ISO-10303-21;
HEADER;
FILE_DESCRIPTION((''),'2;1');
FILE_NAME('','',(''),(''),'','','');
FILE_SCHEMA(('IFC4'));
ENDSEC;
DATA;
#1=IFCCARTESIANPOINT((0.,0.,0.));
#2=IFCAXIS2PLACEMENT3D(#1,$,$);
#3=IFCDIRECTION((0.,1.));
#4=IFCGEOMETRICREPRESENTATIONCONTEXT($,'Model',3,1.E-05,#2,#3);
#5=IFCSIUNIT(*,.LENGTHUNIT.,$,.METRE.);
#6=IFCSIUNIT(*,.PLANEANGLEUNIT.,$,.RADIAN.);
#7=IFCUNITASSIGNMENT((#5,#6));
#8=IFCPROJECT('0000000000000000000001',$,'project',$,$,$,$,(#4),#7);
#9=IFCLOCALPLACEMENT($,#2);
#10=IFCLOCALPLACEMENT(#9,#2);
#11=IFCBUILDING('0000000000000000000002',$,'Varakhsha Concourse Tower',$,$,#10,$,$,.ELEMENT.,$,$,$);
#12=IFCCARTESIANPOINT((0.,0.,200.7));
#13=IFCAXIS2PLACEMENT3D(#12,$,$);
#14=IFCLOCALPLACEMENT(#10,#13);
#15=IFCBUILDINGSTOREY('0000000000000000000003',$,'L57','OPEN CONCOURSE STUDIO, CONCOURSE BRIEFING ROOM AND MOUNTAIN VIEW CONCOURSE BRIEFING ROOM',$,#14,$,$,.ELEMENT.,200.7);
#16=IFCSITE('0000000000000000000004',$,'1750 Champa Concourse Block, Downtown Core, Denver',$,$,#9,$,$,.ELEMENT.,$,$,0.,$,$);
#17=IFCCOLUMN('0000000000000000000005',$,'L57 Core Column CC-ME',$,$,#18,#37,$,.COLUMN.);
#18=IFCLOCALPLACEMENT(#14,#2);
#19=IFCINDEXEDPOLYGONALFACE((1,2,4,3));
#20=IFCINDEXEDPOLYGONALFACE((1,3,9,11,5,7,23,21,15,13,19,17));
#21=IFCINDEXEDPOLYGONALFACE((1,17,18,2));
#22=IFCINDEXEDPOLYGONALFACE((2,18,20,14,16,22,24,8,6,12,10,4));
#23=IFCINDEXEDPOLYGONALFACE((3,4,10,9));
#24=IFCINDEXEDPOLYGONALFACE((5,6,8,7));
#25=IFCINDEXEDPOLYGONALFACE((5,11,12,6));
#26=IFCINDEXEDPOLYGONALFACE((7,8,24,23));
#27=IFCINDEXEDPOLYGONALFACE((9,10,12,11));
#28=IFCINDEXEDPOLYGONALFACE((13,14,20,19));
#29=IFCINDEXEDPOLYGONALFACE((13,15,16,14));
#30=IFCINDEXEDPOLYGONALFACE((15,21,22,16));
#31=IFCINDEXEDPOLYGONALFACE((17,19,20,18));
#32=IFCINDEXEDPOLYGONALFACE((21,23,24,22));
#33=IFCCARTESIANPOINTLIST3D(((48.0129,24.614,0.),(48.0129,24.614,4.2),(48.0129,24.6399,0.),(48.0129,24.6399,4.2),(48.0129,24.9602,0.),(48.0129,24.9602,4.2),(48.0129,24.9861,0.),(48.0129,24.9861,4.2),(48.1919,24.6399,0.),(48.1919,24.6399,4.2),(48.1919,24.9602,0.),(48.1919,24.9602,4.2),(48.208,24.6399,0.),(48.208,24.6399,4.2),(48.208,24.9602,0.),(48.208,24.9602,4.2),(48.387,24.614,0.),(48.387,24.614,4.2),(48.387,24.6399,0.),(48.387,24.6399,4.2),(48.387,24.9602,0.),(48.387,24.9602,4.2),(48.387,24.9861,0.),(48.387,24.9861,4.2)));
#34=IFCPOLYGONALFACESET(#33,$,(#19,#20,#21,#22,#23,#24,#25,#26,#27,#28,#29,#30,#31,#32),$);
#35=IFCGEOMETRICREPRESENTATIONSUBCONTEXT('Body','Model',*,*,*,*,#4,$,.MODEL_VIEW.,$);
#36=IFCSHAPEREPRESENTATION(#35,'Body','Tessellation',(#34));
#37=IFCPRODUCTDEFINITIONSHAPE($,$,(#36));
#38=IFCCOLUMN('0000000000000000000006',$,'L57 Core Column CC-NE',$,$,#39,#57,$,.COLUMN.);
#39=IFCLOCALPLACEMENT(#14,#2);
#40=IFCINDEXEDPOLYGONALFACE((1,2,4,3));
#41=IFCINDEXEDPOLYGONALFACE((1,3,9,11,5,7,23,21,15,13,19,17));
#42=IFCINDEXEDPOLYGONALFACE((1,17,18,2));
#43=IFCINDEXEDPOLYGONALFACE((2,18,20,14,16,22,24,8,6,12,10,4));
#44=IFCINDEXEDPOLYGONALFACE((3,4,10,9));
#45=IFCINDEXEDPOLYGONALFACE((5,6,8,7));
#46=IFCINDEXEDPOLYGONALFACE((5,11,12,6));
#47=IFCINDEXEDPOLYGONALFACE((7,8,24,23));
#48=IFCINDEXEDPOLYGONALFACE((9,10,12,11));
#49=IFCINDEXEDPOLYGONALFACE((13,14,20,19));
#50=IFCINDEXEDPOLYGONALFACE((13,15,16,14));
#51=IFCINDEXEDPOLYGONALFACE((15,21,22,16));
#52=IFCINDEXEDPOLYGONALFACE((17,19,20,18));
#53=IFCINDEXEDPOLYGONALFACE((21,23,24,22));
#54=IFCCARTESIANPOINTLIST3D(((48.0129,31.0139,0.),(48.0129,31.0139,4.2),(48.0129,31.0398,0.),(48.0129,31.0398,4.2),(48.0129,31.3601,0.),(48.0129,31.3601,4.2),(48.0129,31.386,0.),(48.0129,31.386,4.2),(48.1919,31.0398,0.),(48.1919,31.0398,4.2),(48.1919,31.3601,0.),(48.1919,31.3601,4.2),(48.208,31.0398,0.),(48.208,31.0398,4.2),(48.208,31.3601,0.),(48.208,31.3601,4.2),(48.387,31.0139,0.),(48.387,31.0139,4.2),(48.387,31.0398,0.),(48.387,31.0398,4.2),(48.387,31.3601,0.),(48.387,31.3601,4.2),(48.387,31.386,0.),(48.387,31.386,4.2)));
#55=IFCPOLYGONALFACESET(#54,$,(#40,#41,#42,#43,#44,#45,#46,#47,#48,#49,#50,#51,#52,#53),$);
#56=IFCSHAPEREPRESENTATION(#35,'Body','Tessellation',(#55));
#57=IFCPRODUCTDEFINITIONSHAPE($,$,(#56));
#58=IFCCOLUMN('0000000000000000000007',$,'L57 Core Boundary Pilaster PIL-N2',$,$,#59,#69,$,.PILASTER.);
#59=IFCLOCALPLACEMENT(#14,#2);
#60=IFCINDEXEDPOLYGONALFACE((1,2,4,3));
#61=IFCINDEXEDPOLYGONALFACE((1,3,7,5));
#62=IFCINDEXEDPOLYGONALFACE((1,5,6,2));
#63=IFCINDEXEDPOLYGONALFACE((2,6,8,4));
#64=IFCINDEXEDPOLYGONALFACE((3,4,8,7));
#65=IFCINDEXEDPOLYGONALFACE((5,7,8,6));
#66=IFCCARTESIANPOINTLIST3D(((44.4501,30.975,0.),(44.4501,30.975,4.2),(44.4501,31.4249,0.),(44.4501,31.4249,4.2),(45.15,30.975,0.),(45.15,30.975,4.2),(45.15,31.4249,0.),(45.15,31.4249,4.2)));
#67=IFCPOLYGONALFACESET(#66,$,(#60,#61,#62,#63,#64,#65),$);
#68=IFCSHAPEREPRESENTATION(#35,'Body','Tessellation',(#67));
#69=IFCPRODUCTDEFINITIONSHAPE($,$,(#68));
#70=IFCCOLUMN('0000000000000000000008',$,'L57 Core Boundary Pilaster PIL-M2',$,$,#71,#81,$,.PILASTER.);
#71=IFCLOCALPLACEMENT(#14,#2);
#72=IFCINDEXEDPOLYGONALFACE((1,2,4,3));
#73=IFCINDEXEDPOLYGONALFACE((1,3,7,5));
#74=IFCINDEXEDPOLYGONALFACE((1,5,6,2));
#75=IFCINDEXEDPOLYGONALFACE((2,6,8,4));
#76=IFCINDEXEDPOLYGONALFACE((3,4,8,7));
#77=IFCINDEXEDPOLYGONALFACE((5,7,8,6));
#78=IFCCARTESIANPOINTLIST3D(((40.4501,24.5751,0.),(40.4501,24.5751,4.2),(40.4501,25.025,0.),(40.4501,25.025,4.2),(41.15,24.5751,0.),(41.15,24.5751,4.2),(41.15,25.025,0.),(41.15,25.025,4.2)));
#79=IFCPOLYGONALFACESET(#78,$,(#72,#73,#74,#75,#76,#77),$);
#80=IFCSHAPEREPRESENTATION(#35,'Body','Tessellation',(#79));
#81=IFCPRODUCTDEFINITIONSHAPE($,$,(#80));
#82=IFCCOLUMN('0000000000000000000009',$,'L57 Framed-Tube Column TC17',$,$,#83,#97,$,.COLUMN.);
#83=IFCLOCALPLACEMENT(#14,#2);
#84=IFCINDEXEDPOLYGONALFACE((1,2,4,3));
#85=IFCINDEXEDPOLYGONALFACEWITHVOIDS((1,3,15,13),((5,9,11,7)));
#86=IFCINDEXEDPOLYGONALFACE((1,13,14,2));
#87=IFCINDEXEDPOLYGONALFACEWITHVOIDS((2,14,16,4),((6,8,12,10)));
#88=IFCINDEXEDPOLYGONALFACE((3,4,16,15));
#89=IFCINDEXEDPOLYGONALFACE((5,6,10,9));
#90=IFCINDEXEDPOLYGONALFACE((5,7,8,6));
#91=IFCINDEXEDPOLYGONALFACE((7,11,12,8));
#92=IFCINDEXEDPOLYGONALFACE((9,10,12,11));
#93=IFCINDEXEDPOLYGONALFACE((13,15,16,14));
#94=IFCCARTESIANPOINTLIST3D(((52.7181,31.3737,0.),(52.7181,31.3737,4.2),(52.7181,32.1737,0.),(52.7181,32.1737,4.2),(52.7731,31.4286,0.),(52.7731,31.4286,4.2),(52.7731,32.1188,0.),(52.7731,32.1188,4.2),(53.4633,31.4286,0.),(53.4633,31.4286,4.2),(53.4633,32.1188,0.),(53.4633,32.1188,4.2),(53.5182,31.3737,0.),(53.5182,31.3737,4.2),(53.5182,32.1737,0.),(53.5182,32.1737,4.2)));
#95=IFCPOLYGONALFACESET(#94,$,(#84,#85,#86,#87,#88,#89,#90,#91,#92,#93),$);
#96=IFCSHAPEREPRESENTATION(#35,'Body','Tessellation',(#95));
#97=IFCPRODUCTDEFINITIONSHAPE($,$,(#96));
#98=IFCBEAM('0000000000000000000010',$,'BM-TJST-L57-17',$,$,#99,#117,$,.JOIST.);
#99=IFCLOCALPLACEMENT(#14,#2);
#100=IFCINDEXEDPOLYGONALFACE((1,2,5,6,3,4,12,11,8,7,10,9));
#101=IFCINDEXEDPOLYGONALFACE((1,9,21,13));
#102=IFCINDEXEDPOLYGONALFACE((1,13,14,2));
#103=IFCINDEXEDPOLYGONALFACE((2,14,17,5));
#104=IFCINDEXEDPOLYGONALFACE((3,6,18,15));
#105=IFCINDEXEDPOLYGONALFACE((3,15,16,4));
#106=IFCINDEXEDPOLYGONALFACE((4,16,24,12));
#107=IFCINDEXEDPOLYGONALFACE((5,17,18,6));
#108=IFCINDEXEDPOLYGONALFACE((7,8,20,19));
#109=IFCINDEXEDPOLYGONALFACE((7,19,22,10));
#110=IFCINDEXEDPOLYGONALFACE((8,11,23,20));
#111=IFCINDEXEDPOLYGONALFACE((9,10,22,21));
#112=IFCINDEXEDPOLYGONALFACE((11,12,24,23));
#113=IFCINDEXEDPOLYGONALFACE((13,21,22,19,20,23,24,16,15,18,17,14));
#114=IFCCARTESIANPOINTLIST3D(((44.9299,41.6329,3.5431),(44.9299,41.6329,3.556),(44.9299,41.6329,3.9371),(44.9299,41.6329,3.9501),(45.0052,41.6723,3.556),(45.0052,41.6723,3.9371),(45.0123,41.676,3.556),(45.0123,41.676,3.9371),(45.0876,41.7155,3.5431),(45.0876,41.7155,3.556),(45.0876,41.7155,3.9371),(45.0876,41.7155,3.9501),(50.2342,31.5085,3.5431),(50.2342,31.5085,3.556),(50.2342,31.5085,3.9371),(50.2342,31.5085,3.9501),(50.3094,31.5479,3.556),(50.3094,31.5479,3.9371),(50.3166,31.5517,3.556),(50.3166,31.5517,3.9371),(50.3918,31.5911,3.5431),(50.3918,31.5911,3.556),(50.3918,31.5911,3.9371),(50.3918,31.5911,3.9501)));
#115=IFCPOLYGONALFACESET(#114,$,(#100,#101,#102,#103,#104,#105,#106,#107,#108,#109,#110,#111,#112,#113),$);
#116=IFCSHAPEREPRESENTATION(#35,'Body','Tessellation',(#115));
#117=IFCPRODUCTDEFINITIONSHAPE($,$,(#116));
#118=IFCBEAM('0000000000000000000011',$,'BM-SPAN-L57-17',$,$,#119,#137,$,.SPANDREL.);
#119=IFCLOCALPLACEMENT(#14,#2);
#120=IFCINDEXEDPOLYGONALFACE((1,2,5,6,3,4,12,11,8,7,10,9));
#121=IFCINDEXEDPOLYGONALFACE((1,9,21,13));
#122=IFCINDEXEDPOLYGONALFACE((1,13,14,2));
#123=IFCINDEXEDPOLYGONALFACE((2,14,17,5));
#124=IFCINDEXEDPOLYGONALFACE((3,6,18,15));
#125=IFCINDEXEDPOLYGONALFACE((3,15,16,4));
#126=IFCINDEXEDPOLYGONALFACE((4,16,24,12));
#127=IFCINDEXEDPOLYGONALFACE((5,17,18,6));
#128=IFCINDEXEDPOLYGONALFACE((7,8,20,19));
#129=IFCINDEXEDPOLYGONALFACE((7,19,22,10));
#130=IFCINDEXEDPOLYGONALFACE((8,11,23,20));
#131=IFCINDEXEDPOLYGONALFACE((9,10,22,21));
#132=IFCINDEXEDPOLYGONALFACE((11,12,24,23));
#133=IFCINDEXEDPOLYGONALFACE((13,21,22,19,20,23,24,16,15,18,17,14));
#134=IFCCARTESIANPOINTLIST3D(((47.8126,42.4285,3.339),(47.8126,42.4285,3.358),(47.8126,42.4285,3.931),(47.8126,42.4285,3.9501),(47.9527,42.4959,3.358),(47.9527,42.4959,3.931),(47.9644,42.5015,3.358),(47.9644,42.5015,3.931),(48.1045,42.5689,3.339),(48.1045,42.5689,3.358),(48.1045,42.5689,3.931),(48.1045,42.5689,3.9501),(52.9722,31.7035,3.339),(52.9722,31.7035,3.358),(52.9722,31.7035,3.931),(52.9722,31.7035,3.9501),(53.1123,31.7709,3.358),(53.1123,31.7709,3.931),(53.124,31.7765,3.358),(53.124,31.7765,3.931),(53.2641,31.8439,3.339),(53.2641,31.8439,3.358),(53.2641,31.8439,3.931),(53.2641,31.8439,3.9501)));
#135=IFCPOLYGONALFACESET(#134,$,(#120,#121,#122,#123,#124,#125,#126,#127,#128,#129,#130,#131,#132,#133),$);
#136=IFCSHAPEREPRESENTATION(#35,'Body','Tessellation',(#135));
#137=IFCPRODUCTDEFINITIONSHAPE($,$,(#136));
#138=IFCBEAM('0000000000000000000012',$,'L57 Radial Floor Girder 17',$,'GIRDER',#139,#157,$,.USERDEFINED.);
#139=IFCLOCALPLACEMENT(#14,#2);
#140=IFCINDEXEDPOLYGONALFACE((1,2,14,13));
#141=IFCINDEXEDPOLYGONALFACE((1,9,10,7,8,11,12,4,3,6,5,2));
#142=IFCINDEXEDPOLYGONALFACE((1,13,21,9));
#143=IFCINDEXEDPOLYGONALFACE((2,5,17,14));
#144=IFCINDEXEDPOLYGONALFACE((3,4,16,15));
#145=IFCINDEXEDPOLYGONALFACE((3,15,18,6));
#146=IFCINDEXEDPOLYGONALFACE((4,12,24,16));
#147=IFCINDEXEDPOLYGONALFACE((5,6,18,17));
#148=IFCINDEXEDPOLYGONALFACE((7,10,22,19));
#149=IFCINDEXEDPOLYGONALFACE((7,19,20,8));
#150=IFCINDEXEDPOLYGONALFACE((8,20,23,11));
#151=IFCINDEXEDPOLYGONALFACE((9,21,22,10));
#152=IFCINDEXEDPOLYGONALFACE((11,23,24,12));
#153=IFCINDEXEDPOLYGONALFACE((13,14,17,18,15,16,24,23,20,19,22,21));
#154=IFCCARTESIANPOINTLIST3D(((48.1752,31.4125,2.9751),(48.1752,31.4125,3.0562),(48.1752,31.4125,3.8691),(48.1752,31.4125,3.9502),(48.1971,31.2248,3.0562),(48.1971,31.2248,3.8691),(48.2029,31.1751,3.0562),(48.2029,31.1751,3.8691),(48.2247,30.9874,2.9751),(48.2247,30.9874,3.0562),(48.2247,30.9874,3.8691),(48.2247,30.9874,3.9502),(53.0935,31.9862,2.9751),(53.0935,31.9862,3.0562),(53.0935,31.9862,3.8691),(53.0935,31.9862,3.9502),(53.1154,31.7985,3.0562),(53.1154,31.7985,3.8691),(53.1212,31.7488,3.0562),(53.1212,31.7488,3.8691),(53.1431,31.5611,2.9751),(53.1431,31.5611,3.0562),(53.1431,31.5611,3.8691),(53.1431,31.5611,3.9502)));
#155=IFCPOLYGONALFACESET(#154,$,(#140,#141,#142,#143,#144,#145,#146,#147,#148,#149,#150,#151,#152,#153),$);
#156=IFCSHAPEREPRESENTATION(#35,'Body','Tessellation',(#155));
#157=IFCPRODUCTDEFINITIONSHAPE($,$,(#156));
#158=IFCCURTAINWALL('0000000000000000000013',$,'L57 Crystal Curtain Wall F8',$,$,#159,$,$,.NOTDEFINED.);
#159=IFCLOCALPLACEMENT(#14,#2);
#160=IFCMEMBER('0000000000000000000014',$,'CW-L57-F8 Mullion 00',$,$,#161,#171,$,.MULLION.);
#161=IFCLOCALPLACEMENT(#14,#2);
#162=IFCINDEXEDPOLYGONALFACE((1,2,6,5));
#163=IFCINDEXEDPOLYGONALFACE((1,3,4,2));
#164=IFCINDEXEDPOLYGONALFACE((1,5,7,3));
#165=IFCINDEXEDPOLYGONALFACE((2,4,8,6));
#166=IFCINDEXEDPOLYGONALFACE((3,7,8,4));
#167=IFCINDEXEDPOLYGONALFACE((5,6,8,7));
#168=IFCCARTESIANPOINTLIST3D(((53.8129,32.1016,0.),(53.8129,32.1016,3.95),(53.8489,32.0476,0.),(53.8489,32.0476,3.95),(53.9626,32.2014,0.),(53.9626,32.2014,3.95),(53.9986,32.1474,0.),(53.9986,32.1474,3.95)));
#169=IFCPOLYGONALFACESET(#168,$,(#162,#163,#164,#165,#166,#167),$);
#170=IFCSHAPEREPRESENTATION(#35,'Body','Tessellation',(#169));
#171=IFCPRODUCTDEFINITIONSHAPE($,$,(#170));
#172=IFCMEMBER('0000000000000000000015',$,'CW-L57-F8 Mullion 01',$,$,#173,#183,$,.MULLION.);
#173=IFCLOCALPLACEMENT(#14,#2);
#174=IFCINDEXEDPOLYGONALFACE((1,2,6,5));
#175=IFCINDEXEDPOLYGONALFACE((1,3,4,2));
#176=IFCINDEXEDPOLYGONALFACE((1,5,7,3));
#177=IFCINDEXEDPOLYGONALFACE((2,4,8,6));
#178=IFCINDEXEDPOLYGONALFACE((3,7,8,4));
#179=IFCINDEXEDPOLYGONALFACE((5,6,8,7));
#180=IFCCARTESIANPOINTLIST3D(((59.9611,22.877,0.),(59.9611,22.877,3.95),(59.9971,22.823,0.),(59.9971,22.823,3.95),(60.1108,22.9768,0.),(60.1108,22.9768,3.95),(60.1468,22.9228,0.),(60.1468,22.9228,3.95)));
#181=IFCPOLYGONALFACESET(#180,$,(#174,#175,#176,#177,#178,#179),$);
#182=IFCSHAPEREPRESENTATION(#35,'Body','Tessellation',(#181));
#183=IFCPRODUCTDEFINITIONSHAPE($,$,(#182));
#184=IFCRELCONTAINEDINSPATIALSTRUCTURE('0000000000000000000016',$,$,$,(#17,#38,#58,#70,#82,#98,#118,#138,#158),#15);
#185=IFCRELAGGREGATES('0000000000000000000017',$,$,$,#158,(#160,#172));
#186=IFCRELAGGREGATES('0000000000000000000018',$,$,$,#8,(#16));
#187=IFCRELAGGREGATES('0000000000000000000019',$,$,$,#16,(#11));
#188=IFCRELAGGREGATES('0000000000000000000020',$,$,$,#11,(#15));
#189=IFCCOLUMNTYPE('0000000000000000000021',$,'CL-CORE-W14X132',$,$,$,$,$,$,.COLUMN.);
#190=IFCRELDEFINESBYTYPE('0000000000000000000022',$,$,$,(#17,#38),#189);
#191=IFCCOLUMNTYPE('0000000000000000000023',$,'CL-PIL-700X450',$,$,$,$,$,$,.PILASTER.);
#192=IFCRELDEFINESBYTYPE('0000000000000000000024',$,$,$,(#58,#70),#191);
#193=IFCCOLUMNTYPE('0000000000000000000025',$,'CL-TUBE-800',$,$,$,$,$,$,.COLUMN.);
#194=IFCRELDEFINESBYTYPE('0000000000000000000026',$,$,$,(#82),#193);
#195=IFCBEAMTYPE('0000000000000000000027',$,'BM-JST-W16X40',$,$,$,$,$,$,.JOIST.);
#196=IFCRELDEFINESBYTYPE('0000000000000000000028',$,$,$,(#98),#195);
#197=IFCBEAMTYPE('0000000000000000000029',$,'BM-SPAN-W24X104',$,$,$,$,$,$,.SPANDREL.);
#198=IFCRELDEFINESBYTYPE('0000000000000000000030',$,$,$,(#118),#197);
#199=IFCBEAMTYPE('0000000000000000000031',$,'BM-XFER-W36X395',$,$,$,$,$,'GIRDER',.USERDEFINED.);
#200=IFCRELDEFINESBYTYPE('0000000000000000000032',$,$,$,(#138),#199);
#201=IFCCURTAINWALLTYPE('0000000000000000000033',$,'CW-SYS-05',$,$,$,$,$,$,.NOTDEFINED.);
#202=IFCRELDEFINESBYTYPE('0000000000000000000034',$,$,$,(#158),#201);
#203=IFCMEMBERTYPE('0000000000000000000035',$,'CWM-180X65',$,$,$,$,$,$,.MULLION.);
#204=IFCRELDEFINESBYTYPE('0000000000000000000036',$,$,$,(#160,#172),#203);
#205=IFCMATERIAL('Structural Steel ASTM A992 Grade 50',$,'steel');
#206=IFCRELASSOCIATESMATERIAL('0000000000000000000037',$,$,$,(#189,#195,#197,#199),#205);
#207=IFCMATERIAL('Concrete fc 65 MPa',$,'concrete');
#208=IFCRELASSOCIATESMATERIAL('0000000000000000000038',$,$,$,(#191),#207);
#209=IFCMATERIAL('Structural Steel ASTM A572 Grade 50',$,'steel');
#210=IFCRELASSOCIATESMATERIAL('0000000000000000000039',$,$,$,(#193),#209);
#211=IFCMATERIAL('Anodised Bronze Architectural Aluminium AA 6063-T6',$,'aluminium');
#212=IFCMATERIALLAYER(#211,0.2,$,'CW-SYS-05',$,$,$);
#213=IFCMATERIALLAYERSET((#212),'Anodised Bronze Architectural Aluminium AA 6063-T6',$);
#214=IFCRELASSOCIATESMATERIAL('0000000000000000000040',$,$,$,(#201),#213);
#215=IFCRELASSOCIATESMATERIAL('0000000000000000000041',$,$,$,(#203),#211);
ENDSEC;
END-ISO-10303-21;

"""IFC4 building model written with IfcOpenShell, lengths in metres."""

from ifc_helpers import new_model, si_unit, direction, frame, origin, origin_2d, place, context, subcontext, project, spatial, rectangle, hollow_rectangle, i_section, extrude, source, transform, mapped, material, layer, layer_set, material_profile, profile_set, type_object, type_shapes, element, aggregate, save


model = new_model("IFC4")

# Units and contexts
model_context = context("Model", 3, precision=1e-05, world=origin(), true_north=direction((0.0, 1.0)))
body_context = subcontext(model_context, "Body", "Model", "MODEL_VIEW")
ifc_project = project(units=[si_unit("LENGTHUNIT", "METRE"), si_unit("PLANEANGLEUNIT", "RADIAN")], contexts=[model_context])

# Site, building, storey
site_placement = place(None, origin())
site = spatial("IfcSite", under=ifc_project, at=site_placement, Name="1750 Champa Concourse Block, Downtown Core, Denver", CompositionType="ELEMENT", RefElevation=0.0)
building_placement = place(site_placement, origin())
building = spatial("IfcBuilding", under=site, at=building_placement, Name="Varakhsha Concourse Tower", CompositionType="ELEMENT")
storey_placement = place(building_placement, frame((0.0, 0.0, 200.7)))
storey = spatial("IfcBuildingStorey", under=building, at=storey_placement, Name="L57", Description="OPEN CONCOURSE STUDIO, CONCOURSE BRIEFING ROOM AND MOUNTAIN VIEW CONCOURSE BRIEFING ROOM", CompositionType="ELEMENT", Elevation=200.7)

# Columns
ifc_material_1 = material(Name="Structural Steel ASTM A992 Grade 50", Category="steel")
ifc_material_profile_1 = material_profile(ifc_material_1, i_section(OverallWidth=0.374, OverallDepth=0.3721, WebThickness=0.0161, FlangeThickness=0.0259, at=origin_2d()), Name="W14X132")
ifc_profile_set_1 = profile_set([ifc_material_profile_1], Name="Structural Steel ASTM A992 Grade 50")
column_type_1 = type_object("IfcColumnType", Name="CL-CORE-W14X132", PredefinedType="COLUMN", material=ifc_profile_set_1)
for number, where, z_axis, x_axis, name in (
    (1, (48.2, 24.8, 0.0), (0.0, 0.0, 1.0), (1.0, 0.0, 0.0), "L57 Core Column CC-ME"),
    (2, (48.2, 31.2, 0.0), (0.0, 0.0, 1.0), (1.0, 0.0, 0.0), "L57 Core Column CC-NE"),
):
    element("IfcColumn", number, at=place(storey_placement, frame(where, z_axis=z_axis, x_axis=x_axis)), inside=storey, type_object=column_type_1, Name=name, PredefinedType="COLUMN", context=body_context, shape_type="SweptSolid", body=[
        extrude(i_section(OverallWidth=0.374, OverallDepth=0.3721, WebThickness=0.0161, FlangeThickness=0.0259, at=origin_2d()), origin(), (0.0, 0.0, 1.0), 4.2),
    ])
ifc_material_2 = material(Name="Concrete fc 65 MPa", Category="concrete")
ifc_material_profile_2 = material_profile(ifc_material_2, rectangle(XDim=0.7, YDim=0.45, at=origin_2d()), Name="RC 700x450")
ifc_profile_set_2 = profile_set([ifc_material_profile_2], Name="Concrete fc 65 MPa")
column_type_2 = type_object("IfcColumnType", Name="CL-PIL-700X450", PredefinedType="PILASTER", material=ifc_profile_set_2)
for number, where, z_axis, x_axis, name in (
    (3, (44.8, 31.2, 0.0), (0.0, 0.0, 1.0), (1.0, 0.0, 0.0), "L57 Core Boundary Pilaster PIL-N2"),
    (4, (40.8, 24.8, 0.0), (0.0, 0.0, 1.0), (1.0, 0.0, 0.0), "L57 Core Boundary Pilaster PIL-M2"),
):
    element("IfcColumn", number, at=place(storey_placement, frame(where, z_axis=z_axis, x_axis=x_axis)), inside=storey, type_object=column_type_2, Name=name, PredefinedType="PILASTER", context=body_context, shape_type="SweptSolid", body=[
        extrude(rectangle(XDim=0.7, YDim=0.45, at=origin_2d()), origin(), (0.0, 0.0, 1.0), 4.2),
    ])
ifc_material_3 = material(Name="Structural Steel ASTM A572 Grade 50", Category="steel")
ifc_material_profile_3 = material_profile(ifc_material_3, hollow_rectangle(XDim=0.8, YDim=0.8, WallThickness=0.0549, at=origin_2d()), Name="BOX 800x800x55")
ifc_profile_set_3 = profile_set([ifc_material_profile_3], Name="Structural Steel ASTM A572 Grade 50")
column_type_3 = type_object("IfcColumnType", Name="CL-TUBE-800", PredefinedType="COLUMN", material=ifc_profile_set_3)
column_placement = place(storey_placement, frame((53.1182, 31.7737, 0.0), z_axis=(0.0, 0.0, 1.0), x_axis=(1.0, 0.0, 0.0)))
element("IfcColumn", 5, at=column_placement, inside=storey, type_object=column_type_3, Name="L57 Framed-Tube Column TC17", PredefinedType="COLUMN", context=body_context, shape_type="SweptSolid", body=[
    extrude(hollow_rectangle(XDim=0.8, YDim=0.8, WallThickness=0.0549, at=origin_2d()), origin(), (0.0, 0.0, 1.0), 4.2),
])

# Beams
ifc_material_profile_4 = material_profile(ifc_material_1, i_section(OverallWidth=0.178, OverallDepth=0.407, WebThickness=0.0081, FlangeThickness=0.0129, at=origin_2d()), Name="W16X40")
ifc_profile_set_4 = profile_set([ifc_material_profile_4], Name="Structural Steel ASTM A992 Grade 50")
beam_type_1 = type_object("IfcBeamType", Name="BM-JST-W16X40", PredefinedType="JOIST", material=ifc_profile_set_4)
beam_1_placement = place(storey_placement, frame((50.313, 31.5498, 3.7466), z_axis=(-0.464076, 0.885795, 0.0), x_axis=(-0.885795, -0.464076, 0.0)))
element("IfcBeam", 6, at=beam_1_placement, inside=storey, type_object=beam_type_1, Name="BM-TJST-L57-17", PredefinedType="JOIST", context=body_context, shape_type="SweptSolid", body=[
    extrude(i_section(OverallWidth=0.178, OverallDepth=0.407, WebThickness=0.0081, FlangeThickness=0.0129, at=origin_2d()), origin(), (0.0, 0.0, 1.0), 11.4297),
])
ifc_material_profile_5 = material_profile(ifc_material_1, i_section(OverallWidth=0.324, OverallDepth=0.6111, WebThickness=0.0129, FlangeThickness=0.019, at=origin_2d()), Name="W24X104")
ifc_profile_set_5 = profile_set([ifc_material_profile_5], Name="Structural Steel ASTM A992 Grade 50")
beam_type_2 = type_object("IfcBeamType", Name="BM-SPAN-W24X104", PredefinedType="SPANDREL", material=ifc_profile_set_5)
beam_2_placement = place(storey_placement, frame((53.1182, 31.7737, 3.6445), z_axis=(-0.433524, 0.901142, 0.0), x_axis=(-0.901142, -0.433524, 0.0)))
element("IfcBeam", 7, at=beam_2_placement, inside=storey, type_object=beam_type_2, Name="BM-SPAN-L57-17", PredefinedType="SPANDREL", context=body_context, shape_type="SweptSolid", body=[
    extrude(i_section(OverallWidth=0.324, OverallDepth=0.6111, WebThickness=0.0129, FlangeThickness=0.019, at=origin_2d()), origin(), (0.0, 0.0, 1.0), 11.9016),
])
ifc_material_profile_6 = material_profile(ifc_material_1, i_section(OverallWidth=0.428, OverallDepth=0.9751, WebThickness=0.05, FlangeThickness=0.0811, at=origin_2d()), Name="W36X395")
ifc_profile_set_6 = profile_set([ifc_material_profile_6], Name="Structural Steel ASTM A992 Grade 50")
beam_type_3 = type_object("IfcBeamType", Name="BM-XFER-W36X395", ElementType="GIRDER", PredefinedType="USERDEFINED", material=ifc_profile_set_6)
beam_3_placement = place(storey_placement, frame((48.2, 31.2, 3.4626), z_axis=(0.993265, 0.115869, 0.0), x_axis=(-0.115869, 0.993265, 0.0)))
element("IfcBeam", 8, at=beam_3_placement, inside=storey, type_object=beam_type_3, Name="L57 Radial Floor Girder 17", ObjectType="GIRDER", PredefinedType="USERDEFINED", context=body_context, shape_type="SweptSolid", body=[
    extrude(i_section(OverallWidth=0.428, OverallDepth=0.9751, WebThickness=0.05, FlangeThickness=0.0811, at=origin_2d()), origin(), (0.0, 0.0, 1.0), 4.9517),
])

# Curtain wall, members
ifc_material_4 = material(Name="Anodised Bronze Architectural Aluminium AA 6063-T6", Category="aluminium")
ifc_layer_1 = layer(ifc_material_4, 0.2, Name="CW-SYS-05")
ifc_layer_set_1 = layer_set([ifc_layer_1], Name="Anodised Bronze Architectural Aluminium AA 6063-T6")
curtain_wall_type = type_object("IfcCurtainWallType", Name="CW-SYS-05", PredefinedType="NOTDEFINED", material=ifc_layer_set_1)
curtain_wall_1_placement = place(storey_placement, origin())
curtain_wall_1 = element("IfcCurtainWall", 9, at=curtain_wall_1_placement, inside=storey, type_object=curtain_wall_type, Name="L57 Crystal Curtain Wall F8", PredefinedType="NOTDEFINED")
ifc_material_profile_7 = material_profile(ifc_material_4, rectangle(XDim=0.0649, YDim=0.1799, at=origin_2d()), Name="CWM-180X65")
ifc_profile_set_7 = profile_set([ifc_material_profile_7], Name="Anodised Bronze Architectural Aluminium AA 6063-T6")
member_type_1 = type_object("IfcMemberType", Name="CWM-180X65", PredefinedType="MULLION", material=ifc_profile_set_7)
shared_shape_1 = source(origin(), body_context, "Body", "SweptSolid", [
    extrude(rectangle(XDim=0.0649, YDim=0.1799, at=origin_2d()), origin(), (0.0, 0.0, 1.0), 3.95),
])
type_shapes(member_type_1, [shared_shape_1])
member_1_placement = place(storey_placement, frame((53.9058, 32.1245, 0.0), z_axis=(0.0, 0.0, 1.0), x_axis=(0.554592, -0.832123, 0.0)))
member_1 = element("IfcMember", 10, at=member_1_placement, type_object=member_type_1, Name="CW-L57-F8 Mullion 00", PredefinedType="MULLION", context=body_context, shape_type="MappedRepresentation", body=[
    mapped(shared_shape_1, transform((0.0, 0.0, 0.0), scale=1.0)),
])
member_2_placement = place(storey_placement, frame((60.054, 22.8999, 0.0), z_axis=(0.0, 0.0, 1.0), x_axis=(0.554592, -0.832123, 0.0)))
member_2 = element("IfcMember", 11, at=member_2_placement, type_object=member_type_1, Name="CW-L57-F8 Mullion 01", PredefinedType="MULLION", context=body_context, shape_type="MappedRepresentation", body=[
    mapped(shared_shape_1, transform((0.0, 0.0, 0.0), scale=1.0)),
])

aggregate(curtain_wall_1, [member_1, member_2])

save(model, "model.ifc")
